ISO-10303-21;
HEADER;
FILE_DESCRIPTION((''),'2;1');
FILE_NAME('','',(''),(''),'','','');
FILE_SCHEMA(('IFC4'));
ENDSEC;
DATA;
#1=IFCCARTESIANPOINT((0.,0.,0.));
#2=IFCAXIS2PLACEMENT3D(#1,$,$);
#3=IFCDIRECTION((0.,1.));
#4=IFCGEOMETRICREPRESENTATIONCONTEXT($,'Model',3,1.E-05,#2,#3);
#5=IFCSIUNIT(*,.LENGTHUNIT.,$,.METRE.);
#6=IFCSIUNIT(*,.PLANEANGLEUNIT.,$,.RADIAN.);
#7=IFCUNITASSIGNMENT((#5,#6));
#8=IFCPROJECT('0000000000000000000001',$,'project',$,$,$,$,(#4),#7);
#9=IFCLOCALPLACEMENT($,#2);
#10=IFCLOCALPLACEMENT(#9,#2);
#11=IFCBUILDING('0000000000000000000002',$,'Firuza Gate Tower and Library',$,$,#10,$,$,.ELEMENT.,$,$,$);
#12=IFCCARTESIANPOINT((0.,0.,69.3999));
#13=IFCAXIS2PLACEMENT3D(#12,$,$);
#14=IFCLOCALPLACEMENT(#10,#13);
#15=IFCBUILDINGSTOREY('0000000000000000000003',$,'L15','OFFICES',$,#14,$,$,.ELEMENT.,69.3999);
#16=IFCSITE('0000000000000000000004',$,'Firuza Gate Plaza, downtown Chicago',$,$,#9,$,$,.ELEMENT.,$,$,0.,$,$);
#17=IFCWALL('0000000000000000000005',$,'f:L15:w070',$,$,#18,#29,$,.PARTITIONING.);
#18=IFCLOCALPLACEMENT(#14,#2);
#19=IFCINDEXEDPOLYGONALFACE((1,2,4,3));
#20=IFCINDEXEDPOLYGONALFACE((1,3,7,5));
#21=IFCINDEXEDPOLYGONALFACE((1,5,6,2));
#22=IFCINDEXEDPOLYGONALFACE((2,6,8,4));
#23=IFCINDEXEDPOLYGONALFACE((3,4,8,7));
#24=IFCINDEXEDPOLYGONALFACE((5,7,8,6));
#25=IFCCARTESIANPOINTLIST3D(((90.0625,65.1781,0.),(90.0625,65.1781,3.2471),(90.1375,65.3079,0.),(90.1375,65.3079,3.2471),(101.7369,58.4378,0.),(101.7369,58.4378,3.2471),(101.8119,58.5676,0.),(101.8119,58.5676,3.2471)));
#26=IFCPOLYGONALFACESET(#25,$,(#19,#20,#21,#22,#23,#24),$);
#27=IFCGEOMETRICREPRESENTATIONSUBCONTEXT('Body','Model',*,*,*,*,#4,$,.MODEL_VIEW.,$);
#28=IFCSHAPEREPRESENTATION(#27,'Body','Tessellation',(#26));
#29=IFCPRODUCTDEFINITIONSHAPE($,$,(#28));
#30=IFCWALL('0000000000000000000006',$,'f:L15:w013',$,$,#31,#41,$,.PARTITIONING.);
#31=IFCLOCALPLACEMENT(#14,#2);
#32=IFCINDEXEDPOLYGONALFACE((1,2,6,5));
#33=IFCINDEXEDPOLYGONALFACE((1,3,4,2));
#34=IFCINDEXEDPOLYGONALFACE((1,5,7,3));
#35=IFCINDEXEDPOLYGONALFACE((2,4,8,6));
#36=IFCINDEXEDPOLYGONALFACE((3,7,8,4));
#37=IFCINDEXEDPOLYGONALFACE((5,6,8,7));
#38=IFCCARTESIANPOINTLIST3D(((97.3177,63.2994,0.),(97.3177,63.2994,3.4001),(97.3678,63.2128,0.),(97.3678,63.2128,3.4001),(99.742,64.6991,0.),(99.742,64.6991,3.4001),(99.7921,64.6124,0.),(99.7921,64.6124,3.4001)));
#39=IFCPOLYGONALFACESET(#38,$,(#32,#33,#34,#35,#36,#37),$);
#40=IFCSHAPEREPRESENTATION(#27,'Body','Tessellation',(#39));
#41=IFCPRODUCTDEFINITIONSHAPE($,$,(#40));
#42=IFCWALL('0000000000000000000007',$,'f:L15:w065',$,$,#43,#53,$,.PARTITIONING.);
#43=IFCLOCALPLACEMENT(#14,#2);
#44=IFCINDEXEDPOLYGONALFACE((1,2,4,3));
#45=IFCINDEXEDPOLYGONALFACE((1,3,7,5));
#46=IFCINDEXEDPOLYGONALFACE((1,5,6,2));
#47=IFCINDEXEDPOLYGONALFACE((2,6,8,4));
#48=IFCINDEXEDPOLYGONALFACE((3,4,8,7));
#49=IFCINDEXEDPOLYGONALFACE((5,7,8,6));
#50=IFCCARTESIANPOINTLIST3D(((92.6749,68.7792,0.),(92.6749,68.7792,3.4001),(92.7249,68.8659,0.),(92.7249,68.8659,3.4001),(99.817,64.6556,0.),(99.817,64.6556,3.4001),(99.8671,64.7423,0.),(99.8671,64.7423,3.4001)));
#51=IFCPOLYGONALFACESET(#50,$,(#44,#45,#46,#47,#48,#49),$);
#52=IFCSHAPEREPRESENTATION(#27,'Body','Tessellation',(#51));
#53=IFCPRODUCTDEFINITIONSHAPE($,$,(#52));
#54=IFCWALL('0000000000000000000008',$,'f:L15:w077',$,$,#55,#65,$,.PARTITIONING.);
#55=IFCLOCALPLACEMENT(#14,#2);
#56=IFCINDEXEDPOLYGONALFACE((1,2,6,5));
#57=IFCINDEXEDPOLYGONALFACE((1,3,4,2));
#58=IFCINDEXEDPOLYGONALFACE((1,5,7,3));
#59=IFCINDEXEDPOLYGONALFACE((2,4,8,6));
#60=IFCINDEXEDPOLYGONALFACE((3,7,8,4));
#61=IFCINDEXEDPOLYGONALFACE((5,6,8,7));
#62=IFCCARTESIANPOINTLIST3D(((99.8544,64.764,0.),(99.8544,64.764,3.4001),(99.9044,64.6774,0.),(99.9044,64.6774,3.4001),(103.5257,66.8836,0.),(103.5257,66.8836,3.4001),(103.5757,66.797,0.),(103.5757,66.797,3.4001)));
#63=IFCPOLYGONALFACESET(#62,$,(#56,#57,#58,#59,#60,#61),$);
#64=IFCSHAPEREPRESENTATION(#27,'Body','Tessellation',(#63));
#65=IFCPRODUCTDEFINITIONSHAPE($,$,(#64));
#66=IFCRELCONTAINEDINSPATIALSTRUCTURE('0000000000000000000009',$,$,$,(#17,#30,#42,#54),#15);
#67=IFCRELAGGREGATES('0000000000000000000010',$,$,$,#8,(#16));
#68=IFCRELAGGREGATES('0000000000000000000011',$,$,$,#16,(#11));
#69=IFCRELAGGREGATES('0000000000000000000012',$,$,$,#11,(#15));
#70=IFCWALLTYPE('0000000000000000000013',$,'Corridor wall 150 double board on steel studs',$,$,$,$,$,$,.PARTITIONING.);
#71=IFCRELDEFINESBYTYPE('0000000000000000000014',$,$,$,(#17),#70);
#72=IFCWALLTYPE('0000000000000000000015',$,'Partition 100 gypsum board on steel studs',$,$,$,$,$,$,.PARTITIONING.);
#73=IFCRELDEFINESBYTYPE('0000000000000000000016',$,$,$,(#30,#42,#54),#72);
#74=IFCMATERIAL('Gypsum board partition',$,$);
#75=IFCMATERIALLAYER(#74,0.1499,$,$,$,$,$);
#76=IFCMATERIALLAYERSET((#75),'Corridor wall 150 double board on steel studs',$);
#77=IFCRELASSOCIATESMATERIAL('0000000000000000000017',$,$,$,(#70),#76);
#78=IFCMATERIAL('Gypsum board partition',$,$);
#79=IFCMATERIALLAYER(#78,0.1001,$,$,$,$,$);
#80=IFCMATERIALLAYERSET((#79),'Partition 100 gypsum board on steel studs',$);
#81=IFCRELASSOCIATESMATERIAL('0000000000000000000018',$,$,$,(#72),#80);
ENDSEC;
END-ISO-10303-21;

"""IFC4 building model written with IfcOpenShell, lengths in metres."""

from ifc_helpers import new_model, si_unit, direction, frame, frame_2d, origin, place, context, subcontext, project, spatial, rectangle, extrude, material, layer, layer_set, type_object, element, save


model = new_model("IFC4")

# Units and contexts
model_context = context("Model", 3, precision=1e-05, world=origin(), true_north=direction((0.0, 1.0)))
body_context = subcontext(model_context, "Body", "Model", "MODEL_VIEW")
ifc_project = project(units=[si_unit("LENGTHUNIT", "METRE"), si_unit("PLANEANGLEUNIT", "RADIAN")], contexts=[model_context])

# Site, building, storey
site_placement = place(None, origin())
site = spatial("IfcSite", under=ifc_project, at=site_placement, Name="Firuza Gate Plaza, downtown Chicago", CompositionType="ELEMENT", RefElevation=0.0)
building_placement = place(site_placement, origin())
building = spatial("IfcBuilding", under=site, at=building_placement, Name="Firuza Gate Tower and Library", CompositionType="ELEMENT")
storey_placement = place(building_placement, frame((0.0, 0.0, 69.3999)))
storey = spatial("IfcBuildingStorey", under=building, at=storey_placement, Name="L15", Description="OFFICES", CompositionType="ELEMENT", Elevation=69.3999)

# Walls
ifc_material_1 = material(Name="Gypsum board partition")
ifc_layer_1 = layer(ifc_material_1, 0.1499)
ifc_layer_set_1 = layer_set([ifc_layer_1], Name="Corridor wall 150 double board on steel studs")
wall_type_1 = type_object("IfcWallType", Name="Corridor wall 150 double board on steel studs", PredefinedType="PARTITIONING", material=ifc_layer_set_1)
wall_1_placement = place(storey_placement, frame((101.7744, 58.5027, 0.0), z_axis=(0.0, 0.0, 1.0), x_axis=(-0.866023, 0.500004, 0.0)))
element("IfcWall", 1, at=wall_1_placement, inside=storey, type_object=wall_type_1, Name="f:L15:w070", PredefinedType="PARTITIONING", context=body_context, shape_type="SweptSolid", body=[
    extrude(rectangle(XDim=13.4805, YDim=0.1499, at=frame_2d((6.7402, 0.0))), origin(), (0.0, 0.0, 1.0), 3.2471),
])
ifc_material_2 = material(Name="Gypsum board partition")
ifc_layer_2 = layer(ifc_material_2, 0.1001)
ifc_layer_set_2 = layer_set([ifc_layer_2], Name="Partition 100 gypsum board on steel studs")
wall_type_2 = type_object("IfcWallType", Name="Partition 100 gypsum board on steel studs", PredefinedType="PARTITIONING", material=ifc_layer_set_2)
wall_2_placement = place(storey_placement, frame((97.3428, 63.2561, 0.0), z_axis=(0.0, 0.0, 1.0), x_axis=(0.866029, 0.499994, 0.0)))
element("IfcWall", 2, at=wall_2_placement, inside=storey, type_object=wall_type_2, Name="f:L15:w013", PredefinedType="PARTITIONING", context=body_context, shape_type="SweptSolid", body=[
    extrude(rectangle(XDim=2.7993, YDim=0.1001, at=frame_2d((1.3997, 0.0))), origin(), (0.0, 0.0, 1.0), 3.4001),
])
wall_3_placement = place(storey_placement, frame((99.842, 64.699, 0.0), z_axis=(0.0, 0.0, 1.0), x_axis=(-0.866023, 0.500004, 0.0)))
element("IfcWall", 3, at=wall_3_placement, inside=storey, type_object=wall_type_2, Name="f:L15:w065", PredefinedType="PARTITIONING", context=body_context, shape_type="SweptSolid", body=[
    extrude(rectangle(XDim=8.2471, YDim=0.1001, at=frame_2d((4.1235, 0.0))), origin(), (0.0, 0.0, 1.0), 3.4001),
])
wall_4_placement = place(storey_placement, frame((99.8794, 64.7207, 0.0), z_axis=(0.0, 0.0, 1.0), x_axis=(0.86603, 0.499992, 0.0)))
element("IfcWall", 4, at=wall_4_placement, inside=storey, type_object=wall_type_2, Name="f:L15:w077", PredefinedType="PARTITIONING", context=body_context, shape_type="SweptSolid", body=[
    extrude(rectangle(XDim=4.2393, YDim=0.1001, at=frame_2d((2.1196, 0.0))), origin(), (0.0, 0.0, 1.0), 3.4001),
])

save(model, "model.ifc")
